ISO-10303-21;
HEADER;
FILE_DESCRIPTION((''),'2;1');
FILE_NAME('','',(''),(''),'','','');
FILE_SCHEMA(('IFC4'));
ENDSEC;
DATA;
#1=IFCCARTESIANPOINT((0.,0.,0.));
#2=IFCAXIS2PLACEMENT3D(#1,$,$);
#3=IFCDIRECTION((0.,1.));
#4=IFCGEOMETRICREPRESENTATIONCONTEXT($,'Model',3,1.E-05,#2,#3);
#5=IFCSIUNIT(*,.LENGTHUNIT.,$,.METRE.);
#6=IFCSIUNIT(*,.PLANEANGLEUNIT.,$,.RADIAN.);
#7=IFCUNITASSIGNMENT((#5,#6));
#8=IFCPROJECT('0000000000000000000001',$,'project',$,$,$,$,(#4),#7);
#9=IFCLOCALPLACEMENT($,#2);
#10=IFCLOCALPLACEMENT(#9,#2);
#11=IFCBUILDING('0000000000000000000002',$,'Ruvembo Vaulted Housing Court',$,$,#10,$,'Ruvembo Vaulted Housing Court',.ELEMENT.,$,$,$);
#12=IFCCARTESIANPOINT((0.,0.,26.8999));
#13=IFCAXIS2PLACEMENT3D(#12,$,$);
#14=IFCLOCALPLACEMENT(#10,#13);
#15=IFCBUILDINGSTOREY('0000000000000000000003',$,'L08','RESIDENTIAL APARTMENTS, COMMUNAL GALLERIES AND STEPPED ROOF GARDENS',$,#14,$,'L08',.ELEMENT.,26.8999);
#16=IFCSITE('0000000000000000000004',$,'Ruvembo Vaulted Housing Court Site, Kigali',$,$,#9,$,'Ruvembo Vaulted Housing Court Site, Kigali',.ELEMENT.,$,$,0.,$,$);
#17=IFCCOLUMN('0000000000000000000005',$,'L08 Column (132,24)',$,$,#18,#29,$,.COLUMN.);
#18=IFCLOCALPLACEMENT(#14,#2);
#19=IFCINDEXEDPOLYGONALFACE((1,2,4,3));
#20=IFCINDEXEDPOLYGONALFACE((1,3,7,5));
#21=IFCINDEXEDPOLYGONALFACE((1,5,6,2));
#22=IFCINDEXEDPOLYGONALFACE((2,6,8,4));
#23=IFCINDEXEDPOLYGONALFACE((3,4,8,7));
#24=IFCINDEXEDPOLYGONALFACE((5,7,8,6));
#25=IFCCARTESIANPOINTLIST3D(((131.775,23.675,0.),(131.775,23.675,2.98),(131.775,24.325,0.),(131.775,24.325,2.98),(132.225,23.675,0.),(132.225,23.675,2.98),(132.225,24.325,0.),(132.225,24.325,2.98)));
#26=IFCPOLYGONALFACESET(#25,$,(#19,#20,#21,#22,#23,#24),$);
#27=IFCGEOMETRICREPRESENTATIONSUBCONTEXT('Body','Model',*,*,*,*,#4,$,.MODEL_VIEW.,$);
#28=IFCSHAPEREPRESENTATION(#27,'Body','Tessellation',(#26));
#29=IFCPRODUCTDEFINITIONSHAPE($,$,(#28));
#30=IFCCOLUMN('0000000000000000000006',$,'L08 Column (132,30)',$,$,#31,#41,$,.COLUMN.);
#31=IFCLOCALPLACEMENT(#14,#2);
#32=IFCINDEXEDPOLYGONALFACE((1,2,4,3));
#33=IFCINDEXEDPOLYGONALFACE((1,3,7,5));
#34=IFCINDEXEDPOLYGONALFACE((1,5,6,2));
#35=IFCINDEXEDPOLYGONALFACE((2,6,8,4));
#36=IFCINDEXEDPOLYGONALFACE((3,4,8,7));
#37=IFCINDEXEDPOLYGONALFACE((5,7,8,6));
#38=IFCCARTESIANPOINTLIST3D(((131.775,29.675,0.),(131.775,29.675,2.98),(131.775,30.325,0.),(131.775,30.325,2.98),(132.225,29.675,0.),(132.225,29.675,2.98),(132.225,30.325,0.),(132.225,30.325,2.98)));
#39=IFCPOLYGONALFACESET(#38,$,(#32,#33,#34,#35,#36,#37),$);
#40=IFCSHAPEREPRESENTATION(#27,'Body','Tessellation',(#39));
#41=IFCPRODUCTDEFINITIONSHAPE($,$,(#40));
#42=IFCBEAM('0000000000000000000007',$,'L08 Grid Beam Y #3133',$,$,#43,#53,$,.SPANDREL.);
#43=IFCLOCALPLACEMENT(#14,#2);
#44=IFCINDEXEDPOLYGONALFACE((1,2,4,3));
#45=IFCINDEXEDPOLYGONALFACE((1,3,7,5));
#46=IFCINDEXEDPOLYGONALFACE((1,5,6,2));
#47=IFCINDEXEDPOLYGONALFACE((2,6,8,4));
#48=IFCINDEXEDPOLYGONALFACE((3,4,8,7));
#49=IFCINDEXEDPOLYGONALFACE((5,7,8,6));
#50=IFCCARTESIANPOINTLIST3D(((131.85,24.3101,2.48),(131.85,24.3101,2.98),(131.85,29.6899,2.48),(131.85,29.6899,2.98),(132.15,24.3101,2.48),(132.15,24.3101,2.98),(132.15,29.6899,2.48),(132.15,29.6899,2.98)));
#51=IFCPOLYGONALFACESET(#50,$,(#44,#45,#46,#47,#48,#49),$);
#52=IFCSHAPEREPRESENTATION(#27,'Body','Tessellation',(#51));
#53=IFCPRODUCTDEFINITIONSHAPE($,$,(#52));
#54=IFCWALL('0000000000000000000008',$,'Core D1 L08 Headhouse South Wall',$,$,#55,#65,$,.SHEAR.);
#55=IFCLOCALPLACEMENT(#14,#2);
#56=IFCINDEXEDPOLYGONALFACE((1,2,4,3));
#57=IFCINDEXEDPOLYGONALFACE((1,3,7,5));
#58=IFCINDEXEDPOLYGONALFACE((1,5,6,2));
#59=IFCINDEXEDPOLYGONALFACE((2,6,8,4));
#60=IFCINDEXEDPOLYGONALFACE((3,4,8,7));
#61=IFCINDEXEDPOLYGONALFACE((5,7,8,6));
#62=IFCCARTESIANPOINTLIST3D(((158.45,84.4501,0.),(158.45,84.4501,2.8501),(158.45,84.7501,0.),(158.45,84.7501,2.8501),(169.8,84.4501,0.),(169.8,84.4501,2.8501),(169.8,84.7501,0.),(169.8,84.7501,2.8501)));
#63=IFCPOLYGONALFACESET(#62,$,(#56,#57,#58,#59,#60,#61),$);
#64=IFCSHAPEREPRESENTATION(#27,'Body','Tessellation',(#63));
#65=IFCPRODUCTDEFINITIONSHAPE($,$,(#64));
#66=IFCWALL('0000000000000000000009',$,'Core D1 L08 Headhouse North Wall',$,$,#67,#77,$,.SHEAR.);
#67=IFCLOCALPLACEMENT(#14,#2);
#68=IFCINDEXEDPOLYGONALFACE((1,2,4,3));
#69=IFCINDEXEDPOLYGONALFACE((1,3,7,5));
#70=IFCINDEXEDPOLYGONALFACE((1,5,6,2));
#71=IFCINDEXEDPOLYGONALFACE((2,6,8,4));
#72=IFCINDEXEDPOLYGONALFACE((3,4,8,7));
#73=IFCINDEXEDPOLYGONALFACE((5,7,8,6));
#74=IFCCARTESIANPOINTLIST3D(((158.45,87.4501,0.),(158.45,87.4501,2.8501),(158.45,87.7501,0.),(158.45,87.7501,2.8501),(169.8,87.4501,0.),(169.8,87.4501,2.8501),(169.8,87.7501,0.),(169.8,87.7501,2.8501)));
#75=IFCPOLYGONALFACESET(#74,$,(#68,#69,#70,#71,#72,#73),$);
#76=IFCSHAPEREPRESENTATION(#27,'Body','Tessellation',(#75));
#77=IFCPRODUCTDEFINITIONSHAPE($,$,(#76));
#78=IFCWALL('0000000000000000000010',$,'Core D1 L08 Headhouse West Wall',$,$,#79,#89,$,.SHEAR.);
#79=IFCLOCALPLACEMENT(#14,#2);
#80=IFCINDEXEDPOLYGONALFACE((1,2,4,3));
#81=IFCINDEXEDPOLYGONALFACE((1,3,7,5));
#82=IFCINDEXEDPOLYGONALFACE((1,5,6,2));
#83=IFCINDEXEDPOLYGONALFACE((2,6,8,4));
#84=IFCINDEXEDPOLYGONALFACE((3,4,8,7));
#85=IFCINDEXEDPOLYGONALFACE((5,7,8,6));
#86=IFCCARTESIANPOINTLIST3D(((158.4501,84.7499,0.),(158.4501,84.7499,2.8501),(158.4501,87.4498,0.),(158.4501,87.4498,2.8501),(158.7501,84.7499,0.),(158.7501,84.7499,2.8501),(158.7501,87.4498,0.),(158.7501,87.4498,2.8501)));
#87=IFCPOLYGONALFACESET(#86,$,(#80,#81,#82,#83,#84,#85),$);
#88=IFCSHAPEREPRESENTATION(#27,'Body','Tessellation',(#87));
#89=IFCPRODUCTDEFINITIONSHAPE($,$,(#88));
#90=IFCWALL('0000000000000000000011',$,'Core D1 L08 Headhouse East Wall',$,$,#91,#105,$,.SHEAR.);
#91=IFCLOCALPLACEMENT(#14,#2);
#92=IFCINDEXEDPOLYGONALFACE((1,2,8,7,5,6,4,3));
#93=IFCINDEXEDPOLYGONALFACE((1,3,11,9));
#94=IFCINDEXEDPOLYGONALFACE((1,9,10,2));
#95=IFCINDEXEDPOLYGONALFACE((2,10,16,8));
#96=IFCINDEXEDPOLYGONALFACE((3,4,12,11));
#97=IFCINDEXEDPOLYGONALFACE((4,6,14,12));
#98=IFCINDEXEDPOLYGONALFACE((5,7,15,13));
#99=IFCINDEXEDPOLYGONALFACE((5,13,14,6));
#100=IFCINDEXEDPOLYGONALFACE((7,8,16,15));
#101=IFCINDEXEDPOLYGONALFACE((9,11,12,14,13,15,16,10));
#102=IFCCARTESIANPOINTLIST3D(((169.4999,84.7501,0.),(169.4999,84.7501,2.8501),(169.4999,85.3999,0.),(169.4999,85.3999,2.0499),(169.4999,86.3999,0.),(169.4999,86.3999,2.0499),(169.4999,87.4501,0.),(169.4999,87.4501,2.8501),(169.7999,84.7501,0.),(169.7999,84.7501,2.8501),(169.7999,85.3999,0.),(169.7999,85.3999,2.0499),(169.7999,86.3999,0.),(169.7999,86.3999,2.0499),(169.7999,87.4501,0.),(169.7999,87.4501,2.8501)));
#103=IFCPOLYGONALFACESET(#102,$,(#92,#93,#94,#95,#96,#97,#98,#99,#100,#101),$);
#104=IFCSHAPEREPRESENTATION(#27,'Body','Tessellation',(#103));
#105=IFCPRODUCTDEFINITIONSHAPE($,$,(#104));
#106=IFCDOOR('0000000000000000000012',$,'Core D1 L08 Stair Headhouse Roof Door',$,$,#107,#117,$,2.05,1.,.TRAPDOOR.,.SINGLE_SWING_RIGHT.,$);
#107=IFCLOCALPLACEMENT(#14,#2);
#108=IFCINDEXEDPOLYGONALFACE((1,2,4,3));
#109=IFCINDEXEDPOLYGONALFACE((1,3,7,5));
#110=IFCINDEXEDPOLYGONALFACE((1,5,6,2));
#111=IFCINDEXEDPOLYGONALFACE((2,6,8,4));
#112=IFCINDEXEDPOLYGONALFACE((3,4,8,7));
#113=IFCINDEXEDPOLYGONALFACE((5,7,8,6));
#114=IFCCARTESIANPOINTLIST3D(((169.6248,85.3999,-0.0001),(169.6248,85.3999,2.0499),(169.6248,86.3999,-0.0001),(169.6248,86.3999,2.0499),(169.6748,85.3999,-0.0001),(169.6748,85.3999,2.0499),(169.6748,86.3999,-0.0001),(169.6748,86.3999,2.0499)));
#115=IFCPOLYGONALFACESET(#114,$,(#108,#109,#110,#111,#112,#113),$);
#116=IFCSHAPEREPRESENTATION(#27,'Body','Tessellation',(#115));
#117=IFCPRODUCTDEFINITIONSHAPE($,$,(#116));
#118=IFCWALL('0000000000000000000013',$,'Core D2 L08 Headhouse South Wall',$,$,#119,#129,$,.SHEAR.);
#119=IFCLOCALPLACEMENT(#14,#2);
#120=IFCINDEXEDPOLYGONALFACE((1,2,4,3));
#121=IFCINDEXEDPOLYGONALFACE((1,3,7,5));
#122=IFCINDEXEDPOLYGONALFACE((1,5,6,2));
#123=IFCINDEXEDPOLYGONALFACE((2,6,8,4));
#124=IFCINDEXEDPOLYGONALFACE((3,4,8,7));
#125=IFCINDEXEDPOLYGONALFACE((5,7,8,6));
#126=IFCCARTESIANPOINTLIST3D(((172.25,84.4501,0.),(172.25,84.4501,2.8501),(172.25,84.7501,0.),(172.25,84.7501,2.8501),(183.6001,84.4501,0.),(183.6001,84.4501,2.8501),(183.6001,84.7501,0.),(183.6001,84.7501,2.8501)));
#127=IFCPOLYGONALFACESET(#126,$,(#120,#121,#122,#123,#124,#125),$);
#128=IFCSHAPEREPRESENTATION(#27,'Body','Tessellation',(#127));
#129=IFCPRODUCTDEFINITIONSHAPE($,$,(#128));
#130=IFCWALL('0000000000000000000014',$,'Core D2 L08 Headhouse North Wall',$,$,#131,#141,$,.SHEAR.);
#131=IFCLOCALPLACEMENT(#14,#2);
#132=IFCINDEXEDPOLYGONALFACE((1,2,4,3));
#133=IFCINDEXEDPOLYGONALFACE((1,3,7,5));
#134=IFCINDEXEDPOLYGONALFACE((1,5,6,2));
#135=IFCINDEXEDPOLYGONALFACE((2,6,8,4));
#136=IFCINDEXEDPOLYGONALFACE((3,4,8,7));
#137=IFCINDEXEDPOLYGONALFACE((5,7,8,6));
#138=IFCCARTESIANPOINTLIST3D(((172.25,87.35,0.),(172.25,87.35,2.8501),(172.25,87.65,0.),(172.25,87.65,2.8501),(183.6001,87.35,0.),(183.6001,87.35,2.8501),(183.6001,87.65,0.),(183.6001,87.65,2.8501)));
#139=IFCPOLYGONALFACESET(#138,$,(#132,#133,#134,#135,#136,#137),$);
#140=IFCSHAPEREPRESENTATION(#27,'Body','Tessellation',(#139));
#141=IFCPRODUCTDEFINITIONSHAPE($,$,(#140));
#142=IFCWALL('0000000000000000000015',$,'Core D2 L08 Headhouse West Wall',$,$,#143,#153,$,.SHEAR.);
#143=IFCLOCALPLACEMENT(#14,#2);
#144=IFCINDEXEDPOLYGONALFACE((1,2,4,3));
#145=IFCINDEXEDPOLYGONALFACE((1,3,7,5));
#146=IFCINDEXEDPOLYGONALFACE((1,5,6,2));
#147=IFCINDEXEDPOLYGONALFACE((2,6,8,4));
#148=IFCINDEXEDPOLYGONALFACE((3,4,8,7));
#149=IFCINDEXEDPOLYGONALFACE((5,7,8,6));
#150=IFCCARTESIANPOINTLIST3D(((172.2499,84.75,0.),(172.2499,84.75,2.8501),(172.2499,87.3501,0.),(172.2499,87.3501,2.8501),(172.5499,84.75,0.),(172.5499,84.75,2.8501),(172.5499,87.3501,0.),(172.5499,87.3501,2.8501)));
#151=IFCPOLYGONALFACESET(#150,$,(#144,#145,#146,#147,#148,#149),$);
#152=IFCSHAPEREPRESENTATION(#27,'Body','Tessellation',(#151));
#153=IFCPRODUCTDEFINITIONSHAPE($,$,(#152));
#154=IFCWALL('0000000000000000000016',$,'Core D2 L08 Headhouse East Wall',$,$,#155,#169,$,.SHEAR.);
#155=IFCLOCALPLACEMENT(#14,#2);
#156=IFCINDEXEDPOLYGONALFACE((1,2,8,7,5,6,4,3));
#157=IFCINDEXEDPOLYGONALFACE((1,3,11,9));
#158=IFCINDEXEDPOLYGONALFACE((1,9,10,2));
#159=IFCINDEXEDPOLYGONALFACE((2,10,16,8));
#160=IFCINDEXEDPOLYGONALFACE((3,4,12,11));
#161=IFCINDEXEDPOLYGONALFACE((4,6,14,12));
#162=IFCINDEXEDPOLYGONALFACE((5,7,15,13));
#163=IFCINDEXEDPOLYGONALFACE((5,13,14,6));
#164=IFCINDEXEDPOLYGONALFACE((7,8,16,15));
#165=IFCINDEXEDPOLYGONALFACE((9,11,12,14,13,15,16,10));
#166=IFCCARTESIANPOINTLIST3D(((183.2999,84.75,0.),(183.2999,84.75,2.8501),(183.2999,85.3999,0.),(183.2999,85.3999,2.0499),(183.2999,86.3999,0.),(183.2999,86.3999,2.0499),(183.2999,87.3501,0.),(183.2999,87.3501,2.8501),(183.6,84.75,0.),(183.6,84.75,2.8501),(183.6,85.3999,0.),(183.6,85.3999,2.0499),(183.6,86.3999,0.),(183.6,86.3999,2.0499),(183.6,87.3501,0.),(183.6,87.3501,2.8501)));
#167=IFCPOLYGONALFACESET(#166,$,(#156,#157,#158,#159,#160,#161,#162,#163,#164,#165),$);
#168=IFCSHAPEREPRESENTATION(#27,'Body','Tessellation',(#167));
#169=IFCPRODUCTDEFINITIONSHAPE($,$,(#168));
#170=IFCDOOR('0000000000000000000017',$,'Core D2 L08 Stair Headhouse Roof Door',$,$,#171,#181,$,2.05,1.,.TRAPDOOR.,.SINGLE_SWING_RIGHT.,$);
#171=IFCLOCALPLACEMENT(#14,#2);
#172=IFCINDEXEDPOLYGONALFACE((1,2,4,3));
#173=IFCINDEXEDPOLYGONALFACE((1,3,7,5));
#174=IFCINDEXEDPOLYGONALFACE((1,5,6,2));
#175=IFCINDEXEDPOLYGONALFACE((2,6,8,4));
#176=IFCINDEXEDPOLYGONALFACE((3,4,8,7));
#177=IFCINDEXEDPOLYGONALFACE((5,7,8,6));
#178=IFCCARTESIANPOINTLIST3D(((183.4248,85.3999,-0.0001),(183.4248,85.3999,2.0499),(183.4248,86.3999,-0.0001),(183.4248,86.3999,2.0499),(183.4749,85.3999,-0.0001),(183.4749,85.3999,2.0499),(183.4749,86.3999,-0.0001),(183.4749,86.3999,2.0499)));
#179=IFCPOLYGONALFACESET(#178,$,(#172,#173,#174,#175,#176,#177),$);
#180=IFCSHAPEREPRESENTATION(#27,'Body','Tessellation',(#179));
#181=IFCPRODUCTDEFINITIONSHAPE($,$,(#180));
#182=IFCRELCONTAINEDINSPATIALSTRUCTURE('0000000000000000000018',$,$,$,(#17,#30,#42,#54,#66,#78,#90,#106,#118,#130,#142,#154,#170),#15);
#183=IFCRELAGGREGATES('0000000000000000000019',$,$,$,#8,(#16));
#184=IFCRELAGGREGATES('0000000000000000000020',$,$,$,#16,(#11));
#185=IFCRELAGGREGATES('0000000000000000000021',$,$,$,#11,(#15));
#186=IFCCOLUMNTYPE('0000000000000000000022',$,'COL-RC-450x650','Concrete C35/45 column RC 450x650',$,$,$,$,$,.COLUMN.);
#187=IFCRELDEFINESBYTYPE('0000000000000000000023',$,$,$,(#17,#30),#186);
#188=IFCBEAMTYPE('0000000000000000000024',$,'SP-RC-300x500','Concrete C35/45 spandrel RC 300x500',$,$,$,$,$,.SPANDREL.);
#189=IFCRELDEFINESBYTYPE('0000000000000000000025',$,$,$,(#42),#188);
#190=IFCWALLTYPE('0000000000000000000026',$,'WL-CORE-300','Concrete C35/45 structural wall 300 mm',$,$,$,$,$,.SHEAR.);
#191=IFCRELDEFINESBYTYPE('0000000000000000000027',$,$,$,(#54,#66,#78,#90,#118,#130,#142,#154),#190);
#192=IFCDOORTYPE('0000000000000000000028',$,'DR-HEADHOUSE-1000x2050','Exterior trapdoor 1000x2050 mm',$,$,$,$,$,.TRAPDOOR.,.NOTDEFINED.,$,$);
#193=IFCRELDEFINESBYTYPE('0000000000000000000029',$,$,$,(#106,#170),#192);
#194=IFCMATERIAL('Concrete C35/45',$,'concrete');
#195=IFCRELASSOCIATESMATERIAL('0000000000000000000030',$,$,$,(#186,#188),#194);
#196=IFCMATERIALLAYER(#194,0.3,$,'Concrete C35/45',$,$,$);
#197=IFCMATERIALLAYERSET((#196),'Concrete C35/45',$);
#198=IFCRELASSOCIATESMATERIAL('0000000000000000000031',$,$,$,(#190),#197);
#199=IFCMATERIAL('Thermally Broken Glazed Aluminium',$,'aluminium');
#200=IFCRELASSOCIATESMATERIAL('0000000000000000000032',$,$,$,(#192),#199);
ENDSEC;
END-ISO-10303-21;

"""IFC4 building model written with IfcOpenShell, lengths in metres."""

from ifc_helpers import new_model, si_unit, direction, frame, frame_2d, origin, origin_2d, place, context, subcontext, project, spatial, rectangle, extrude, material, layer, layer_set, material_profile, profile_set, type_object, element, fill, save


model = new_model("IFC4")

# Units and contexts
model_context = context("Model", 3, precision=1e-05, world=origin(), true_north=direction((0.0, 1.0)))
body_context = subcontext(model_context, "Body", "Model", "MODEL_VIEW")
ifc_project = project(units=[si_unit("LENGTHUNIT", "METRE"), si_unit("PLANEANGLEUNIT", "RADIAN")], contexts=[model_context])

# Site, building, storey
site_placement = place(None, origin())
site = spatial("IfcSite", under=ifc_project, at=site_placement, Name="Ruvembo Vaulted Housing Court Site, Kigali", LongName="Ruvembo Vaulted Housing Court Site, Kigali", CompositionType="ELEMENT", RefElevation=0.0)
building_placement = place(site_placement, origin())
building = spatial("IfcBuilding", under=site, at=building_placement, Name="Ruvembo Vaulted Housing Court", LongName="Ruvembo Vaulted Housing Court", CompositionType="ELEMENT")
storey_placement = place(building_placement, frame((0.0, 0.0, 26.8999)))
storey = spatial("IfcBuildingStorey", under=building, at=storey_placement, Name="L08", Description="RESIDENTIAL APARTMENTS, COMMUNAL GALLERIES AND STEPPED ROOF GARDENS", LongName="L08", CompositionType="ELEMENT", Elevation=26.8999)

# Columns
ifc_material_1 = material(Name="Concrete C35/45", Category="concrete")
ifc_material_profile_1 = material_profile(ifc_material_1, rectangle(XDim=0.45, YDim=0.6499, at=origin_2d()), Name="RC 450x650")
ifc_profile_set_1 = profile_set([ifc_material_profile_1], Name="Concrete C35/45")
column_type = type_object("IfcColumnType", Name="COL-RC-450x650", Description="Concrete C35/45 column RC 450x650", PredefinedType="COLUMN", material=ifc_profile_set_1)
for number, where, z_axis, x_axis, name in (
    (1, (132.0, 24.0, 0.0), (0.0, 0.0, 1.0), (1.0, 0.0, 0.0), "L08 Column (132,24)"),
    (2, (132.0, 30.0, 0.0), (0.0, 0.0, 1.0), (1.0, 0.0, 0.0), "L08 Column (132,30)"),
):
    element("IfcColumn", number, at=place(storey_placement, frame(where, z_axis=z_axis, x_axis=x_axis)), inside=storey, type_object=column_type, Name=name, PredefinedType="COLUMN", context=body_context, shape_type="SweptSolid", body=[
        extrude(rectangle(XDim=0.45, YDim=0.6499, at=origin_2d()), origin(), (0.0, 0.0, 1.0), 2.98),
    ])

# Beam
ifc_material_profile_2 = material_profile(ifc_material_1, rectangle(XDim=0.3, YDim=0.5, at=origin_2d()), Name="RC 300x500")
ifc_profile_set_2 = profile_set([ifc_material_profile_2], Name="Concrete C35/45")
beam_type = type_object("IfcBeamType", Name="SP-RC-300x500", Description="Concrete C35/45 spandrel RC 300x500", PredefinedType="SPANDREL", material=ifc_profile_set_2)
beam_placement = place(storey_placement, frame((132.0, 24.3101, 2.73), z_axis=(0.0, 1.0, 0.0), x_axis=(-1.0, 0.0, 0.0)))
element("IfcBeam", 3, at=beam_placement, inside=storey, type_object=beam_type, Name="L08 Grid Beam Y #3133", PredefinedType="SPANDREL", context=body_context, shape_type="SweptSolid", body=[
    extrude(rectangle(XDim=0.3, YDim=0.5, at=origin_2d()), origin(), (0.0, 0.0, 1.0), 5.3799),
])

# Walls
ifc_layer_1 = layer(ifc_material_1, 0.3, Name="Concrete C35/45")
ifc_layer_set_1 = layer_set([ifc_layer_1], Name="Concrete C35/45")
wall_type_1 = type_object("IfcWallType", Name="WL-CORE-300", Description="Concrete C35/45 structural wall 300 mm", PredefinedType="SHEAR", material=ifc_layer_set_1)
for number, where, z_axis, x_axis, name in (
    (4, (158.45, 84.6001, 0.0), (0.0, 0.0, 1.0), (1.0, 0.0, 0.0), "Core D1 L08 Headhouse South Wall"),
    (5, (169.8, 87.6001, 0.0), (0.0, 0.0, 1.0), (-1.0, 0.0, 0.0), "Core D1 L08 Headhouse North Wall"),
):
    element("IfcWall", number, at=place(storey_placement, frame(where, z_axis=z_axis, x_axis=x_axis)), inside=storey, type_object=wall_type_1, Name=name, PredefinedType="SHEAR", context=body_context, shape_type="SweptSolid", body=[
        extrude(rectangle(XDim=11.3501, YDim=0.3, at=frame_2d((5.675, 0.0))), origin(), (0.0, 0.0, 1.0), 2.8501),
    ])
wall_1_placement = place(storey_placement, frame((158.6001, 87.45, 0.0), z_axis=(0.0, 0.0, 1.0), x_axis=(0.0, -1.0, 0.0)))
element("IfcWall", 6, at=wall_1_placement, inside=storey, type_object=wall_type_1, Name="Core D1 L08 Headhouse West Wall", PredefinedType="SHEAR", context=body_context, shape_type="SweptSolid", body=[
    extrude(rectangle(XDim=2.7, YDim=0.3, at=frame_2d((1.3501, 0.0))), origin(), (0.0, 0.0, 1.0), 2.8501),
])

# Wall, opening, door
wall_2_placement = place(storey_placement, frame((169.6499, 84.75, 0.0), z_axis=(0.0, 0.0, 1.0), x_axis=(0.0, 1.0, 0.0)))
wall_2 = element("IfcWall", 7, at=wall_2_placement, inside=storey, type_object=wall_type_1, Name="Core D1 L08 Headhouse East Wall", PredefinedType="SHEAR", context=body_context, shape_type="SweptSolid", body=[
    extrude(rectangle(XDim=2.7, YDim=0.3, at=frame_2d((1.3501, 0.0))), origin(), (0.0, 0.0, 1.0), 2.8501),
])
opening_1_placement = place(wall_2_placement, frame((0.6499, 0.0, 0.0)))
opening_1 = element("IfcOpeningElement", 8, at=opening_1_placement, cuts=wall_2, PredefinedType="OPENING", context=body_context, shape_type="SweptSolid", body=[
    extrude(rectangle(XDim=1.0, YDim=2.05, at=frame_2d((0.5, 1.0249))), frame((0.0, 0.1599, 0.0), z_axis=(0.0, -1.0, 0.0), x_axis=(1.0, 0.0, 0.0)), (0.0, 0.0, 1.0), 0.3201),
])
ifc_material_2 = material(Name="Thermally Broken Glazed Aluminium", Category="aluminium")
door_type = type_object("IfcDoorType", Name="DR-HEADHOUSE-1000x2050", Description="Exterior trapdoor 1000x2050 mm", OperationType="NOTDEFINED", PredefinedType="TRAPDOOR", material=ifc_material_2)
door_1_placement = place(opening_1_placement, frame((1.0, 0.0, 0.0), z_axis=(0.0, 0.0, 1.0), x_axis=(-1.0, 0.0, 0.0)))
door_1 = element("IfcDoor", 9, at=door_1_placement, inside=storey, type_object=door_type, Name="Core D1 L08 Stair Headhouse Roof Door", OperationType="SINGLE_SWING_RIGHT", OverallHeight=2.05, OverallWidth=1.0, PredefinedType="TRAPDOOR", context=body_context, shape_type="SweptSolid", body=[
    extrude(rectangle(XDim=1.0, YDim=2.05, at=frame_2d((0.5, 1.0249))), frame((0.0, 0.0249, 0.0), z_axis=(0.0, -1.0, 0.0), x_axis=(1.0, 0.0, 0.0)), (0.0, 0.0, 1.0), 0.05),
])
fill(opening_1, door_1)

# Walls
for number, where, z_axis, x_axis, name in (
    (10, (172.25, 84.6001, 0.0), (0.0, 0.0, 1.0), (1.0, 0.0, 0.0), "Core D2 L08 Headhouse South Wall"),
    (11, (183.6001, 87.5, 0.0), (0.0, 0.0, 1.0), (-1.0, 0.0, 0.0), "Core D2 L08 Headhouse North Wall"),
):
    element("IfcWall", number, at=place(storey_placement, frame(where, z_axis=z_axis, x_axis=x_axis)), inside=storey, type_object=wall_type_1, Name=name, PredefinedType="SHEAR", context=body_context, shape_type="SweptSolid", body=[
        extrude(rectangle(XDim=11.3501, YDim=0.3, at=frame_2d((5.675, 0.0))), origin(), (0.0, 0.0, 1.0), 2.8501),
    ])
wall_3_placement = place(storey_placement, frame((172.3999, 87.3501, 0.0), z_axis=(0.0, 0.0, 1.0), x_axis=(0.0, -1.0, 0.0)))
element("IfcWall", 12, at=wall_3_placement, inside=storey, type_object=wall_type_1, Name="Core D2 L08 Headhouse West Wall", PredefinedType="SHEAR", context=body_context, shape_type="SweptSolid", body=[
    extrude(rectangle(XDim=2.6001, YDim=0.3, at=frame_2d((1.3, 0.0))), origin(), (0.0, 0.0, 1.0), 2.8501),
])

# Wall, opening, door
wall_4_placement = place(storey_placement, frame((183.45, 84.75, 0.0), z_axis=(0.0, 0.0, 1.0), x_axis=(0.0, 1.0, 0.0)))
wall_4 = element("IfcWall", 13, at=wall_4_placement, inside=storey, type_object=wall_type_1, Name="Core D2 L08 Headhouse East Wall", PredefinedType="SHEAR", context=body_context, shape_type="SweptSolid", body=[
    extrude(rectangle(XDim=2.6001, YDim=0.3, at=frame_2d((1.3, 0.0))), origin(), (0.0, 0.0, 1.0), 2.8501),
])
opening_2_placement = place(wall_4_placement, frame((0.6499, 0.0, 0.0)))
opening_2 = element("IfcOpeningElement", 14, at=opening_2_placement, cuts=wall_4, PredefinedType="OPENING", context=body_context, shape_type="SweptSolid", body=[
    extrude(rectangle(XDim=1.0, YDim=2.05, at=frame_2d((0.5, 1.0249))), frame((0.0, 0.1599, 0.0), z_axis=(0.0, -1.0, 0.0), x_axis=(1.0, 0.0, 0.0)), (0.0, 0.0, 1.0), 0.3201),
])
door_2_placement = place(opening_2_placement, frame((1.0, 0.0, 0.0), z_axis=(0.0, 0.0, 1.0), x_axis=(-1.0, 0.0, 0.0)))
door_2 = element("IfcDoor", 15, at=door_2_placement, inside=storey, type_object=door_type, Name="Core D2 L08 Stair Headhouse Roof Door", OperationType="SINGLE_SWING_RIGHT", OverallHeight=2.05, OverallWidth=1.0, PredefinedType="TRAPDOOR", context=body_context, shape_type="SweptSolid", body=[
    extrude(rectangle(XDim=1.0, YDim=2.05, at=frame_2d((0.5, 1.0249))), frame((0.0, 0.0249, 0.0), z_axis=(0.0, -1.0, 0.0), x_axis=(1.0, 0.0, 0.0)), (0.0, 0.0, 1.0), 0.05),
])
fill(opening_2, door_2)

save(model, "model.ifc")
